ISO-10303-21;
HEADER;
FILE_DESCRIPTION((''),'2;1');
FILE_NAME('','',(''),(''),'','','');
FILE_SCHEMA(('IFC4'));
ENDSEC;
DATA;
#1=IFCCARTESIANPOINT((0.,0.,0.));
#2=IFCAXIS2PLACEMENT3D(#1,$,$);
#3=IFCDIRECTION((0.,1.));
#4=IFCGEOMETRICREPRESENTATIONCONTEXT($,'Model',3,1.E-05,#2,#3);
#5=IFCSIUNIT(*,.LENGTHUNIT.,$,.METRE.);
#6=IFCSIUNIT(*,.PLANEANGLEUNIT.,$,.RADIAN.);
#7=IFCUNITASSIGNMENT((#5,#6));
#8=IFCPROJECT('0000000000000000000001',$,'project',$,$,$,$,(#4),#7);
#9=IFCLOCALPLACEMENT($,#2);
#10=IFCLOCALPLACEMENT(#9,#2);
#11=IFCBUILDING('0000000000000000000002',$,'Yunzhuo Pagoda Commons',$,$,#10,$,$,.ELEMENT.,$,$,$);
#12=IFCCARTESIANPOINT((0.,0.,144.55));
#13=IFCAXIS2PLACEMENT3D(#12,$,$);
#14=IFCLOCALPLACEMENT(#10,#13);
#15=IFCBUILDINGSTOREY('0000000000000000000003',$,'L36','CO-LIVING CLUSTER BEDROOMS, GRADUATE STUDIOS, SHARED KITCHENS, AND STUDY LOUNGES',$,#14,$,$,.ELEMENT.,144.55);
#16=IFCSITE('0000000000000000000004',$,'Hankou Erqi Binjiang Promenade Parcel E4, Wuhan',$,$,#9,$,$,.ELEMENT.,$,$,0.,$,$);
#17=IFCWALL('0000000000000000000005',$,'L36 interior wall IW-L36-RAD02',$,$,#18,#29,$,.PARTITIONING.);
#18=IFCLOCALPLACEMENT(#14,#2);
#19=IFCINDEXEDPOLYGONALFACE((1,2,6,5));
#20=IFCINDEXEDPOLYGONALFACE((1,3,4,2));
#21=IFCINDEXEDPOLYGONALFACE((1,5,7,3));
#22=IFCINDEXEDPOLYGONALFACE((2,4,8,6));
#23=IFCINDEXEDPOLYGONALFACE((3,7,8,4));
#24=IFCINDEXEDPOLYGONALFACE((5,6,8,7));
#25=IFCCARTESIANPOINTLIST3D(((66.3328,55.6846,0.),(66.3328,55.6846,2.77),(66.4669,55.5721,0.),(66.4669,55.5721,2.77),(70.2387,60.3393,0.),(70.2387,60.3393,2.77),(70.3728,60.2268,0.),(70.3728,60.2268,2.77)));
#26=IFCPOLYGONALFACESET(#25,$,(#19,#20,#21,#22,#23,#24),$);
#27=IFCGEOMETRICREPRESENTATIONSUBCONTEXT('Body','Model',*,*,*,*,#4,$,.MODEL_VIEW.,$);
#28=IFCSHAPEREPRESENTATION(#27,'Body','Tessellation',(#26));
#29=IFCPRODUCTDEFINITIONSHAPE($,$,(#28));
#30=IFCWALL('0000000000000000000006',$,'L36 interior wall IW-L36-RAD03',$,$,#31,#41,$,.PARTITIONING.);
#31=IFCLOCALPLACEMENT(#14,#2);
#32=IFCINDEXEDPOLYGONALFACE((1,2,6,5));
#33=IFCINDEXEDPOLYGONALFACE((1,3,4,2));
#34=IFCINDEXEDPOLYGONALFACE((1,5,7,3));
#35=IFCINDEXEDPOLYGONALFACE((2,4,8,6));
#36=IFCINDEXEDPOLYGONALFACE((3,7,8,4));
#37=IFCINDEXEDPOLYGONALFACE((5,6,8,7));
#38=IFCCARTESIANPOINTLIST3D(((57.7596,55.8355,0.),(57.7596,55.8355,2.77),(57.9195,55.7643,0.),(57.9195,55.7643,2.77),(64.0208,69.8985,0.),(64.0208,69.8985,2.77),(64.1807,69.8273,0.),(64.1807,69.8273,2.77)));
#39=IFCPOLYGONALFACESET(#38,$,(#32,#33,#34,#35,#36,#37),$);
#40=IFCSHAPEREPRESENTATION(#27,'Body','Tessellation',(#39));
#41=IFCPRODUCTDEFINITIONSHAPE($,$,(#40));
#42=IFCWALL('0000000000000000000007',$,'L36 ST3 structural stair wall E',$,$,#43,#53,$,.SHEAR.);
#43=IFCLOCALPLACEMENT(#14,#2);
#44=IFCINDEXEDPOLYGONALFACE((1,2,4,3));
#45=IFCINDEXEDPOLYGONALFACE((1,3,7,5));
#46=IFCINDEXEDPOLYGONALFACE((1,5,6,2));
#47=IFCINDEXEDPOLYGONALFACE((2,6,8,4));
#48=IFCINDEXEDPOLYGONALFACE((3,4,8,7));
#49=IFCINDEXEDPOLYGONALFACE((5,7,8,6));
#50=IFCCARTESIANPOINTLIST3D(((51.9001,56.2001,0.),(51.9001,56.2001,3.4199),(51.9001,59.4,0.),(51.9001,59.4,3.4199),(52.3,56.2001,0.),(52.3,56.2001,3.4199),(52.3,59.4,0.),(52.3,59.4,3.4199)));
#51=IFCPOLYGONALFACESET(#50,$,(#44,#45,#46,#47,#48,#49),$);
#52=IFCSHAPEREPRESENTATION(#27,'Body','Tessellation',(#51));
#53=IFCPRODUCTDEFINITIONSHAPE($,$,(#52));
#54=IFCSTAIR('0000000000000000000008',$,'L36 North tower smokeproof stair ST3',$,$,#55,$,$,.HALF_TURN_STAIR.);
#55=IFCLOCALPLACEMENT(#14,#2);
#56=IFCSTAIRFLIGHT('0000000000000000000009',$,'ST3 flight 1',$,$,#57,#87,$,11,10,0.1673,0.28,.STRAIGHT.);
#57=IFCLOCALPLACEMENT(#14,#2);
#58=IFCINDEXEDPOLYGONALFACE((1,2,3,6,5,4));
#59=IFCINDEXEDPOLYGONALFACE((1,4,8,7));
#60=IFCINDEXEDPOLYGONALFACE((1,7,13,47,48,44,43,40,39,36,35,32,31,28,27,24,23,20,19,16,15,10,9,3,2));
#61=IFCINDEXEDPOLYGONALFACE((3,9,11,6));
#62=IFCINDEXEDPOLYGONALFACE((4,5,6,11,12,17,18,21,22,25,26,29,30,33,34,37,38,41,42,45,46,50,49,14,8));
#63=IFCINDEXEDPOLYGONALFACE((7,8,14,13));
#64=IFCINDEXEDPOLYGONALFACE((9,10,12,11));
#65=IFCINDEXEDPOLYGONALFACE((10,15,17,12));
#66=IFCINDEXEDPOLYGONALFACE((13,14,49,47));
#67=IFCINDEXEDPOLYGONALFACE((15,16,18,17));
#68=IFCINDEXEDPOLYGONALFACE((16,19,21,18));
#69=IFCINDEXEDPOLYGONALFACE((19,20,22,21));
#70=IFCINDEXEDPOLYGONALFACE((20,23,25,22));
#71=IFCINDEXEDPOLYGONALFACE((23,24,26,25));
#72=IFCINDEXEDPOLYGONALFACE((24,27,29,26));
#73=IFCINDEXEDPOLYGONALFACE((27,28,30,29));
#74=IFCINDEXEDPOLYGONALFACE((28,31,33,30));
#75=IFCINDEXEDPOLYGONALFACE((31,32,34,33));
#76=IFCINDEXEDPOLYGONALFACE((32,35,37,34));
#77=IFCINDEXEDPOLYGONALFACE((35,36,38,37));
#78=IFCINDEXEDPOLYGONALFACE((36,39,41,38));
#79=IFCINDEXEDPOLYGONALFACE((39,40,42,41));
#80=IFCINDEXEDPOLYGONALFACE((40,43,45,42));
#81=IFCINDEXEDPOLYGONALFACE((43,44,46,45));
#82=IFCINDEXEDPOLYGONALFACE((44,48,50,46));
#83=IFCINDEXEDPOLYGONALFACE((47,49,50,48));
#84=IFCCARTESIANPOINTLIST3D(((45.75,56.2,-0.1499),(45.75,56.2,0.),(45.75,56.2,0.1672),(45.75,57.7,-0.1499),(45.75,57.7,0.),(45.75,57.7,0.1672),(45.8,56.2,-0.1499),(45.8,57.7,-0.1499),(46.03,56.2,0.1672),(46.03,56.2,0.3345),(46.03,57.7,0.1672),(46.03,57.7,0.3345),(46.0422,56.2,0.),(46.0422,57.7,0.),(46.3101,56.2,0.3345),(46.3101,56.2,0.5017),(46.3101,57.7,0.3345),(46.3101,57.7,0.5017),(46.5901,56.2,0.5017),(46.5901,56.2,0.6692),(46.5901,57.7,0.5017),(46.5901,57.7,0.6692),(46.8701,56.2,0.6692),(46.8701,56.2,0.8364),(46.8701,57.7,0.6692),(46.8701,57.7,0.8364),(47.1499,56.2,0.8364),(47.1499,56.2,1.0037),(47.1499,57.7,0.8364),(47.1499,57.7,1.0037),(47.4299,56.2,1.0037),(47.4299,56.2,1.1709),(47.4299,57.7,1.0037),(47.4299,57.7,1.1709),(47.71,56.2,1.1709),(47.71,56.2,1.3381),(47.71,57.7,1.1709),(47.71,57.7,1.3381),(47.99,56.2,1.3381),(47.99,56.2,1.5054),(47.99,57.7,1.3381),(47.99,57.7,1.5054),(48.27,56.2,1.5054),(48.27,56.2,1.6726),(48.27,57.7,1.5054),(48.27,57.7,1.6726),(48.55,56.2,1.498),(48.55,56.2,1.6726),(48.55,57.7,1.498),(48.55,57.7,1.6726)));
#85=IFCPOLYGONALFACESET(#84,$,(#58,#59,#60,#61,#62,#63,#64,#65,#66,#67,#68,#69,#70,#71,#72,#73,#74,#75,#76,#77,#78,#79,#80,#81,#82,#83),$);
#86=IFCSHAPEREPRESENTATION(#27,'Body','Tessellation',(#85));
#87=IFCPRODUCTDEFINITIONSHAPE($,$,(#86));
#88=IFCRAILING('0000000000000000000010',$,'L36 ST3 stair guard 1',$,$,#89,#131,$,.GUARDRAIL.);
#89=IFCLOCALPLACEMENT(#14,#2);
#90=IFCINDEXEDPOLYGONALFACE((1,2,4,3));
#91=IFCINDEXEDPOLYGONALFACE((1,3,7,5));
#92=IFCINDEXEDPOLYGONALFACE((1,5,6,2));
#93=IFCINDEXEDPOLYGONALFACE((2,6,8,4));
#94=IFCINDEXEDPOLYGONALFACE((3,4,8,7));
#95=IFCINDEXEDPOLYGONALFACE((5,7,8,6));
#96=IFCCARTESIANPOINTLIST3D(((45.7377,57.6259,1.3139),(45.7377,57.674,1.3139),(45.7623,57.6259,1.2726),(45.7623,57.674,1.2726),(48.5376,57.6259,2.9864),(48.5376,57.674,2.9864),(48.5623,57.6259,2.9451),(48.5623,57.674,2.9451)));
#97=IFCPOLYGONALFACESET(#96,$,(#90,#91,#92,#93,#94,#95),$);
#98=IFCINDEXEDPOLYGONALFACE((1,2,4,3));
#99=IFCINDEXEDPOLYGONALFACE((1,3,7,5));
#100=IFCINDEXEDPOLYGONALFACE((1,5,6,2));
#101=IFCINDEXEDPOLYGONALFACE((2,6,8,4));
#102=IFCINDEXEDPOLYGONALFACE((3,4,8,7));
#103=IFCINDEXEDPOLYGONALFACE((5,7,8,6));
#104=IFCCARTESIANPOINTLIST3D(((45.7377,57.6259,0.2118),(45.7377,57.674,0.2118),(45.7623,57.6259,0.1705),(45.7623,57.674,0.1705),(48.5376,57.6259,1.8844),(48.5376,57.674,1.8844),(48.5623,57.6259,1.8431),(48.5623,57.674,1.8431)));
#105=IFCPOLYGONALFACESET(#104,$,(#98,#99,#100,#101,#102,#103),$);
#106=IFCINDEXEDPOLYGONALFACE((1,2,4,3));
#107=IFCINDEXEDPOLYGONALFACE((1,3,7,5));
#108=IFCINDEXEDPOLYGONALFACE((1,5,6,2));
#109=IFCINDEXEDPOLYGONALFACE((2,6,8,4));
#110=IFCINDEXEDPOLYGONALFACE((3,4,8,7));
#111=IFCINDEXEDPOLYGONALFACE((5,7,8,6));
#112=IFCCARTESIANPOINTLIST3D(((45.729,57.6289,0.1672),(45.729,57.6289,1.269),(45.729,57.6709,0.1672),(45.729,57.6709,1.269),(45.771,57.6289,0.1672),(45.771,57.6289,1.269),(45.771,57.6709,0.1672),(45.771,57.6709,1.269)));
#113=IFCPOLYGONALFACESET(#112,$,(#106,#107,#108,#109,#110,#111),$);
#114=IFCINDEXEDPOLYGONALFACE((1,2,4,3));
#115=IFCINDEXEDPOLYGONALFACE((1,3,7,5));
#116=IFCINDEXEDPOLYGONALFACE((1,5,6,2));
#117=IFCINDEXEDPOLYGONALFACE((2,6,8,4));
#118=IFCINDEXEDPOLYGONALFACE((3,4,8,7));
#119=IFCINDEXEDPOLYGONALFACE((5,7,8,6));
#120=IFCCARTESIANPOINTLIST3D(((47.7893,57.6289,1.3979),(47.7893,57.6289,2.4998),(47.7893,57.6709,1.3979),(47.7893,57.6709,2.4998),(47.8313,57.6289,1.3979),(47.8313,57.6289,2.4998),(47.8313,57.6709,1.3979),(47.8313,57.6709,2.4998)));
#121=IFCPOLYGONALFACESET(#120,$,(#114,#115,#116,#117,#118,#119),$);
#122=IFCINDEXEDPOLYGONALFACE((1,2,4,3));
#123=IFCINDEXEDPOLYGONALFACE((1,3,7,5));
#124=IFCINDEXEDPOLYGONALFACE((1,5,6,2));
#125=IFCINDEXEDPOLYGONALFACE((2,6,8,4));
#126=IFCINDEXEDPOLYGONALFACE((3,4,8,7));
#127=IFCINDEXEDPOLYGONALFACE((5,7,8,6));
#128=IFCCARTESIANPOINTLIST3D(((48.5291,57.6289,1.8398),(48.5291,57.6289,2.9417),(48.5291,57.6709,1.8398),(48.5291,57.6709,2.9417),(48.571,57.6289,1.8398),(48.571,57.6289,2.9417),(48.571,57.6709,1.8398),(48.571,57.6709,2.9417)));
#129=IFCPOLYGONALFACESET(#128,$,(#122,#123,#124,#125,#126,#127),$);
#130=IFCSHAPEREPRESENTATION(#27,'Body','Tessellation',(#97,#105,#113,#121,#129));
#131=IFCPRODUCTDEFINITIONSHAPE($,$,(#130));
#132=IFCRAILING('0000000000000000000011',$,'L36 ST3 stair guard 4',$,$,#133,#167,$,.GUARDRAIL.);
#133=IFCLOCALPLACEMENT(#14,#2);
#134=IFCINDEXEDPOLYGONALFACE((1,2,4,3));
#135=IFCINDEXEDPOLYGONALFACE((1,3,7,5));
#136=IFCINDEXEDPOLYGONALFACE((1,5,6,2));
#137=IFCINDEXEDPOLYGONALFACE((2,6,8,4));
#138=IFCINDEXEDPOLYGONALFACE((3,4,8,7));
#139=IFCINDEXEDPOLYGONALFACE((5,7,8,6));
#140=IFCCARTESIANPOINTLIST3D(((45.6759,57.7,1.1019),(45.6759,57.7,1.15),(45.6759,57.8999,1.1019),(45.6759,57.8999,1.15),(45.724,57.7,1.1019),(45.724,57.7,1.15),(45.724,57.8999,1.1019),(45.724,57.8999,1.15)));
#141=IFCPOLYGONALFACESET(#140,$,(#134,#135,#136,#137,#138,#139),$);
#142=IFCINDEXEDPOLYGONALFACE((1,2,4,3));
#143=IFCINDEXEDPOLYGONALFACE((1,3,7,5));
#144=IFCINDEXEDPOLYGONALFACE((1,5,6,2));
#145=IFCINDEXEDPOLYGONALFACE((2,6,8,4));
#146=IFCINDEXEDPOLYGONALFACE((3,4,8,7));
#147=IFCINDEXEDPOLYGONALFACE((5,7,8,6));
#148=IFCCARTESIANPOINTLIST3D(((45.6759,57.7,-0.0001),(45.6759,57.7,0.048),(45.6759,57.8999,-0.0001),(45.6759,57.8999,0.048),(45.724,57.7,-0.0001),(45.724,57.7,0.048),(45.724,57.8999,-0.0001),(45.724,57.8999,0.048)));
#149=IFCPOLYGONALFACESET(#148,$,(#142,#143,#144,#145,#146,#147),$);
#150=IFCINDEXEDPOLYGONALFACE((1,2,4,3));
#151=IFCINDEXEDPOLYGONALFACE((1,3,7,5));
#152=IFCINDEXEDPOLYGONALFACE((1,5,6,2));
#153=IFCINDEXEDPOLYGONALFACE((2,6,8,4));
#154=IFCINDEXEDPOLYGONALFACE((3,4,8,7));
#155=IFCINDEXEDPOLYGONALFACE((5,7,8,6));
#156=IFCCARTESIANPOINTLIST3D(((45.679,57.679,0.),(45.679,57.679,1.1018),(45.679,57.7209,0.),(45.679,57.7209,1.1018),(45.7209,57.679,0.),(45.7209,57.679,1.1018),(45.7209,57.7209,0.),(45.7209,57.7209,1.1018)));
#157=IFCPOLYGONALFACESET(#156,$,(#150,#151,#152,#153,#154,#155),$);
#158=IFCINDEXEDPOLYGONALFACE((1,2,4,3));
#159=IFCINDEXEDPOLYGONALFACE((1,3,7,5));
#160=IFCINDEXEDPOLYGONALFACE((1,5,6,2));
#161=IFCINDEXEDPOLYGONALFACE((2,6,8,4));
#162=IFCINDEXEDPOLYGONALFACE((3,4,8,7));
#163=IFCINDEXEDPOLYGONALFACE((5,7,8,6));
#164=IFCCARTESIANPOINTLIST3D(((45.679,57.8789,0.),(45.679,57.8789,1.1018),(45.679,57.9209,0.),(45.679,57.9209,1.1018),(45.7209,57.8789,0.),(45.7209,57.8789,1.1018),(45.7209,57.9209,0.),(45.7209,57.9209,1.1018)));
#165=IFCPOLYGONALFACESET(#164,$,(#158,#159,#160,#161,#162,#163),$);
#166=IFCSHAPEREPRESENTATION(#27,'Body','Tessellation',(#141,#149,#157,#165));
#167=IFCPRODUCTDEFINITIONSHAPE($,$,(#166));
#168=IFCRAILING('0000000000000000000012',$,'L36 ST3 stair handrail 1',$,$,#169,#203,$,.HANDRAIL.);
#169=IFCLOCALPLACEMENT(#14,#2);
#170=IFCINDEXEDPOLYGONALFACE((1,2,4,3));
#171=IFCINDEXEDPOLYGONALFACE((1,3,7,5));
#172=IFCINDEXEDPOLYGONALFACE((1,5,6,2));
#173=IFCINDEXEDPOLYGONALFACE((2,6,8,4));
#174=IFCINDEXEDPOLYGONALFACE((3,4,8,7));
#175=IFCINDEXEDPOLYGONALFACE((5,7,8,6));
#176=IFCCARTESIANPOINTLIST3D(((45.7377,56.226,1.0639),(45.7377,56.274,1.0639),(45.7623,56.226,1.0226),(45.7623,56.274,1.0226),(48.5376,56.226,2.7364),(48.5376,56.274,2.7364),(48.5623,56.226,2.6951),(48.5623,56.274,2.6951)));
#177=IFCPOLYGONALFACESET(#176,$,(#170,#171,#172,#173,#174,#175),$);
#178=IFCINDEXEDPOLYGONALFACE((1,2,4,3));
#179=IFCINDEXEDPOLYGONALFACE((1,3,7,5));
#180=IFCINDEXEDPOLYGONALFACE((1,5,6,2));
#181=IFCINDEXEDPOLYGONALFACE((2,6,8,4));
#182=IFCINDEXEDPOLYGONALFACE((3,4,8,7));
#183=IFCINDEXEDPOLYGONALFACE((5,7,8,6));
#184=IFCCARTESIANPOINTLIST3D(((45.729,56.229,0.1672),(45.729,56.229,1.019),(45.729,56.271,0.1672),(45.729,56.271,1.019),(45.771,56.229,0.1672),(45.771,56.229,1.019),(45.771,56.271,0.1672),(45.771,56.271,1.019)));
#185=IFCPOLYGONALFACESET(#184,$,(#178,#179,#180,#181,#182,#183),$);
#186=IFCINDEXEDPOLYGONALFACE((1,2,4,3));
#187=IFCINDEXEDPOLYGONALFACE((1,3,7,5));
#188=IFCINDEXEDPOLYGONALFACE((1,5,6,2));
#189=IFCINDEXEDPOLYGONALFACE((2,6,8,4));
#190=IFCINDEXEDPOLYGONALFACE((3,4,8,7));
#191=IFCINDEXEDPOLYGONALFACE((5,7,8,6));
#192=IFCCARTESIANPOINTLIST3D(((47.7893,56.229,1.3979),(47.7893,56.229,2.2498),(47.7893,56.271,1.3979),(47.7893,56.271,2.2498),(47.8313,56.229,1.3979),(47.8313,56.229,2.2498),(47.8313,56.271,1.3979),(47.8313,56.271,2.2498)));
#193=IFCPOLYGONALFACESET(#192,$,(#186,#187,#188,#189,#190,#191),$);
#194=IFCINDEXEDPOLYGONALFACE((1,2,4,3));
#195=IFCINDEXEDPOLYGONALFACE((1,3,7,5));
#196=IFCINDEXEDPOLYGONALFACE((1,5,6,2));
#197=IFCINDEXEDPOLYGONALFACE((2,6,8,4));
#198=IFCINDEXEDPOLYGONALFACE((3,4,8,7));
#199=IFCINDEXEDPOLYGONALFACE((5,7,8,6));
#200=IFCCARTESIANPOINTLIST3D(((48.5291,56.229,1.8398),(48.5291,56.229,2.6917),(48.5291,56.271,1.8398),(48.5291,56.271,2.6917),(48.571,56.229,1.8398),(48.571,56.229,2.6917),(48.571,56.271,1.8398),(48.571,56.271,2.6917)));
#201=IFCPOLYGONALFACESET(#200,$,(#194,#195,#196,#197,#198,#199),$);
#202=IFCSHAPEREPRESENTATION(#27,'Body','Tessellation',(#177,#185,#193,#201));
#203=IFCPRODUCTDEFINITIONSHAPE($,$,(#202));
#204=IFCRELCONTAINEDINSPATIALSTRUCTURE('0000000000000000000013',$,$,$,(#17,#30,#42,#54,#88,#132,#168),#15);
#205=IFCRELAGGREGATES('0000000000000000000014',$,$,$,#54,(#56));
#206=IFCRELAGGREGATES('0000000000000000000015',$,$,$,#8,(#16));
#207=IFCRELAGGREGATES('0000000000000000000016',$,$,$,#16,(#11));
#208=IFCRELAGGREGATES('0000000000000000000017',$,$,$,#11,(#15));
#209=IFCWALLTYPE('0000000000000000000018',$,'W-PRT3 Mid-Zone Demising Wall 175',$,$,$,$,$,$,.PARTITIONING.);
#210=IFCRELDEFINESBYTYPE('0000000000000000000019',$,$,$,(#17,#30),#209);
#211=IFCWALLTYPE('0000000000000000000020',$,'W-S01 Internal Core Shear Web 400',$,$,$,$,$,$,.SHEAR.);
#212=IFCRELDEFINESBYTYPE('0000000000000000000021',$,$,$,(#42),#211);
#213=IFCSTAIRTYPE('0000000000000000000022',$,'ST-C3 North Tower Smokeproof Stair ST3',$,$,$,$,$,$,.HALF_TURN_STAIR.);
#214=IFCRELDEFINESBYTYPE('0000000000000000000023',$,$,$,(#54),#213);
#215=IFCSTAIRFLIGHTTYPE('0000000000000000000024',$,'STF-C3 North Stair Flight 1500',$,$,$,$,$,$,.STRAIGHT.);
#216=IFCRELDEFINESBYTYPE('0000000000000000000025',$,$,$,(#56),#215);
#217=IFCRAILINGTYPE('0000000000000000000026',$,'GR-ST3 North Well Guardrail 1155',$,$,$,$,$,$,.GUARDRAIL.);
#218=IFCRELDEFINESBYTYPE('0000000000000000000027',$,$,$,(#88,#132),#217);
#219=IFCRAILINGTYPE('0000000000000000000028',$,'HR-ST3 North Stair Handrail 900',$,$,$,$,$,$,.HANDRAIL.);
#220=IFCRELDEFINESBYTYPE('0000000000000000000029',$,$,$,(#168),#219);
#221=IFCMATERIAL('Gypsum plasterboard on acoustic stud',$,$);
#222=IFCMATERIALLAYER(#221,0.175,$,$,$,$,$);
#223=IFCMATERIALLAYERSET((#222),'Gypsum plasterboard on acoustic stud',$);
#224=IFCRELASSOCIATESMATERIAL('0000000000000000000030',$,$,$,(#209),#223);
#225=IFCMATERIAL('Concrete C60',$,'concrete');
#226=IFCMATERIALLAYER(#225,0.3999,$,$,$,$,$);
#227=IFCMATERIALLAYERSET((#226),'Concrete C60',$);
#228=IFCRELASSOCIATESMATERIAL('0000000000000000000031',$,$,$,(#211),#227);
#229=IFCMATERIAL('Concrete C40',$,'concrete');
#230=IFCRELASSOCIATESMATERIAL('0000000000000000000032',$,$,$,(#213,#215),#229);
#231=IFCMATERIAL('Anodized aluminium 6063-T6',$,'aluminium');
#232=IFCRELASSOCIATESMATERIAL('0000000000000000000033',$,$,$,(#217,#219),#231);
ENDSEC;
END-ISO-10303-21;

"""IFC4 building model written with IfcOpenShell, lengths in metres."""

from ifc_helpers import new_model, si_unit, direction, frame, frame_2d, origin, origin_2d, place, context, subcontext, project, spatial, polyline, rectangle, outline, extrude, source, transform, mapped, material, layer, layer_set, type_object, element, aggregate, save


model = new_model("IFC4")

# Units and contexts
model_context = context("Model", 3, precision=1e-05, world=origin(), true_north=direction((0.0, 1.0)))
body_context = subcontext(model_context, "Body", "Model", "MODEL_VIEW")
ifc_project = project(units=[si_unit("LENGTHUNIT", "METRE"), si_unit("PLANEANGLEUNIT", "RADIAN")], contexts=[model_context])

# Site, building, storey
site_placement = place(None, origin())
site = spatial("IfcSite", under=ifc_project, at=site_placement, Name="Hankou Erqi Binjiang Promenade Parcel E4, Wuhan", CompositionType="ELEMENT", RefElevation=0.0)
building_placement = place(site_placement, origin())
building = spatial("IfcBuilding", under=site, at=building_placement, Name="Yunzhuo Pagoda Commons", CompositionType="ELEMENT")
storey_placement = place(building_placement, frame((0.0, 0.0, 144.55)))
storey = spatial("IfcBuildingStorey", under=building, at=storey_placement, Name="L36", Description="CO-LIVING CLUSTER BEDROOMS, GRADUATE STUDIOS, SHARED KITCHENS, AND STUDY LOUNGES", CompositionType="ELEMENT", Elevation=144.55)

# Shared definitions
ifc_material_1 = material(Name="Anodized aluminium 6063-T6", Category="aluminium")

# Shared definitions
ifc_material_2 = material(Name="Gypsum plasterboard on acoustic stud")

# Walls
ifc_layer_1 = layer(ifc_material_2, 0.175)
ifc_layer_set_1 = layer_set([ifc_layer_1], Name="Gypsum plasterboard on acoustic stud")
wall_type_1 = type_object("IfcWallType", Name="W-PRT3 Mid-Zone Demising Wall 175", PredefinedType="PARTITIONING", material=ifc_layer_set_1)
wall_1_placement = place(storey_placement, frame((66.3999, 55.6284, 0.0), z_axis=(0.0, 0.0, 1.0), x_axis=(0.642805, 0.76603, 0.0)))
element("IfcWall", 1, at=wall_1_placement, inside=storey, type_object=wall_type_1, Name="L36 interior wall IW-L36-RAD02", PredefinedType="PARTITIONING", context=body_context, shape_type="SweptSolid", body=[
    extrude(rectangle(XDim=6.0764, YDim=0.175, at=frame_2d((3.0381, 0.0))), origin(), (0.0, 0.0, 1.0), 2.77),
])
wall_2_placement = place(storey_placement, frame((57.8396, 55.8, 0.0), z_axis=(0.0, 0.0, 1.0), x_axis=(0.406736, 0.913546, 0.0)))
element("IfcWall", 2, at=wall_2_placement, inside=storey, type_object=wall_type_1, Name="L36 interior wall IW-L36-RAD03", PredefinedType="PARTITIONING", context=body_context, shape_type="SweptSolid", body=[
    extrude(rectangle(XDim=15.3938, YDim=0.175, at=frame_2d((7.6968, 0.0))), origin(), (0.0, 0.0, 1.0), 2.77),
])
ifc_material_3 = material(Name="Concrete C60", Category="concrete")
ifc_layer_2 = layer(ifc_material_3, 0.3999)
ifc_layer_set_2 = layer_set([ifc_layer_2], Name="Concrete C60")
wall_type_2 = type_object("IfcWallType", Name="W-S01 Internal Core Shear Web 400", PredefinedType="SHEAR", material=ifc_layer_set_2)
wall_3_placement = place(storey_placement, frame((52.1001, 56.2, 0.0), z_axis=(0.0, 0.0, 1.0), x_axis=(0.0, 1.0, 0.0)))
element("IfcWall", 3, at=wall_3_placement, inside=storey, type_object=wall_type_2, Name="L36 ST3 structural stair wall E", PredefinedType="SHEAR", context=body_context, shape_type="SweptSolid", body=[
    extrude(rectangle(XDim=3.2, YDim=0.3999, at=frame_2d((1.6001, 0.0))), origin(), (0.0, 0.0, 1.0), 3.4199),
])

# Stair, stair flight
ifc_material_4 = material(Name="Concrete C40", Category="concrete")
stair_type = type_object("IfcStairType", Name="ST-C3 North Tower Smokeproof Stair ST3", PredefinedType="HALF_TURN_STAIR", material=ifc_material_4)
stair_placement = place(storey_placement, origin())
stair = element("IfcStair", 4, at=stair_placement, inside=storey, type_object=stair_type, Name="L36 North tower smokeproof stair ST3", PredefinedType="HALF_TURN_STAIR")
stair_flight_type = type_object("IfcStairFlightType", Name="STF-C3 North Stair Flight 1500", PredefinedType="STRAIGHT", material=ifc_material_4)
shared_shape_1 = source(origin(), body_context, "Body", "SweptSolid", [
    extrude(outline(polyline([(0.0, -0.1499), (0.0, 0.0), (0.0, 0.1672), (0.28, 0.1672), (0.28, 0.3345), (0.5601, 0.3345), (0.5601, 0.5017), (0.8401, 0.5017), (0.8401, 0.6692), (1.1201, 0.6692), (1.1201, 0.8364), (1.3999, 0.8364), (1.3999, 1.0037), (1.6799, 1.0037), (1.6799, 1.1709), (1.96, 1.1709), (1.96, 1.3381), (2.24, 1.3381), (2.24, 1.5054), (2.52, 1.5054), (2.52, 1.6726), (2.8, 1.6726), (2.8, 1.8401), (2.8, 1.498), (0.2922, 0.0), (0.05, -0.1499), (0.0, -0.1499)])), frame((0.0, 0.75, 0.0), z_axis=(0.0, -1.0, 0.0), x_axis=(1.0, 0.0, 0.0)), (0.0, 0.0, 1.0), 1.5),
])
stair_flight_placement = place(storey_placement, frame((45.75, 56.95, 0.0), z_axis=(0.0, 0.0, 1.0), x_axis=(1.0, 0.0, 0.0)))
stair_flight = element("IfcStairFlight", 5, at=stair_flight_placement, type_object=stair_flight_type, Name="ST3 flight 1", NumberOfRisers=11, NumberOfTreads=10, PredefinedType="STRAIGHT", RiserHeight=0.1673, TreadLength=0.28, context=body_context, shape_type="MappedRepresentation", body=[
    mapped(shared_shape_1, transform((0.0, 0.0, 0.0), scale=1.0)),
])
aggregate(stair, [stair_flight])

# Railings
railing_type_1 = type_object("IfcRailingType", Name="GR-ST3 North Well Guardrail 1155", PredefinedType="GUARDRAIL", material=ifc_material_1)
railing_1_placement = place(storey_placement, frame((45.75, 57.6499, 0.1672)))
element("IfcRailing", 6, at=railing_1_placement, inside=storey, type_object=railing_type_1, Name="L36 ST3 stair guard 1", PredefinedType="GUARDRAIL", context=body_context, shape_type="SweptSolid", body=[
    extrude(rectangle(XDim=0.0481, YDim=0.0481, at=origin_2d()), frame((0.0, 0.0, 1.126), z_axis=(0.858495, 0.0, 0.512822), x_axis=(0.0, 1.0, 0.0)), (0.0, 0.0, 1.0), 3.2615),
    extrude(rectangle(XDim=0.0481, YDim=0.0481, at=origin_2d()), frame((0.0, 0.0, 0.0239), z_axis=(0.858495, 0.0, 0.512822), x_axis=(0.0, 1.0, 0.0)), (0.0, 0.0, 1.0), 3.2615),
    extrude(rectangle(XDim=0.042, YDim=0.042, at=origin_2d()), origin(), (0.0, 0.0, 1.0), 1.1018),
    extrude(rectangle(XDim=0.042, YDim=0.042, at=origin_2d()), frame((2.0603, 0.0, 1.2307)), (0.0, 0.0, 1.0), 1.1018),
    extrude(rectangle(XDim=0.042, YDim=0.042, at=origin_2d()), frame((2.8, 0.0, 1.6726)), (0.0, 0.0, 1.0), 1.1018),
])
railing_2_placement = place(storey_placement, frame((45.7, 57.7, 0.0)))
element("IfcRailing", 7, at=railing_2_placement, inside=storey, type_object=railing_type_1, Name="L36 ST3 stair guard 4", PredefinedType="GUARDRAIL", context=body_context, shape_type="SweptSolid", body=[
    extrude(rectangle(XDim=0.0481, YDim=0.0481, at=origin_2d()), frame((0.0, 0.0, 1.126), z_axis=(0.0, 1.0, 0.0), x_axis=(-1.0, 0.0, 0.0)), (0.0, 0.0, 1.0), 0.2),
    extrude(rectangle(XDim=0.0481, YDim=0.0481, at=origin_2d()), frame((0.0, 0.0, 0.0239), z_axis=(0.0, 1.0, 0.0), x_axis=(-1.0, 0.0, 0.0)), (0.0, 0.0, 1.0), 0.2),
    extrude(rectangle(XDim=0.042, YDim=0.042, at=origin_2d()), origin(), (0.0, 0.0, 1.0), 1.1018),
    extrude(rectangle(XDim=0.042, YDim=0.042, at=origin_2d()), frame((0.0, 0.2, 0.0)), (0.0, 0.0, 1.0), 1.1018),
])
railing_type_2 = type_object("IfcRailingType", Name="HR-ST3 North Stair Handrail 900", PredefinedType="HANDRAIL", material=ifc_material_1)
railing_3_placement = place(storey_placement, frame((45.75, 56.25, 0.1672)))
element("IfcRailing", 8, at=railing_3_placement, inside=storey, type_object=railing_type_2, Name="L36 ST3 stair handrail 1", PredefinedType="HANDRAIL", context=body_context, shape_type="SweptSolid", body=[
    extrude(rectangle(XDim=0.0481, YDim=0.0481, at=origin_2d()), frame((0.0, 0.0, 0.876), z_axis=(0.858495, 0.0, 0.512822), x_axis=(0.0, 1.0, 0.0)), (0.0, 0.0, 1.0), 3.2615),
    extrude(rectangle(XDim=0.042, YDim=0.042, at=origin_2d()), origin(), (0.0, 0.0, 1.0), 0.8518),
    extrude(rectangle(XDim=0.042, YDim=0.042, at=origin_2d()), frame((2.0603, 0.0, 1.2307)), (0.0, 0.0, 1.0), 0.8518),
    extrude(rectangle(XDim=0.042, YDim=0.042, at=origin_2d()), frame((2.8, 0.0, 1.6726)), (0.0, 0.0, 1.0), 0.8518),
])

save(model, "model.ifc")
